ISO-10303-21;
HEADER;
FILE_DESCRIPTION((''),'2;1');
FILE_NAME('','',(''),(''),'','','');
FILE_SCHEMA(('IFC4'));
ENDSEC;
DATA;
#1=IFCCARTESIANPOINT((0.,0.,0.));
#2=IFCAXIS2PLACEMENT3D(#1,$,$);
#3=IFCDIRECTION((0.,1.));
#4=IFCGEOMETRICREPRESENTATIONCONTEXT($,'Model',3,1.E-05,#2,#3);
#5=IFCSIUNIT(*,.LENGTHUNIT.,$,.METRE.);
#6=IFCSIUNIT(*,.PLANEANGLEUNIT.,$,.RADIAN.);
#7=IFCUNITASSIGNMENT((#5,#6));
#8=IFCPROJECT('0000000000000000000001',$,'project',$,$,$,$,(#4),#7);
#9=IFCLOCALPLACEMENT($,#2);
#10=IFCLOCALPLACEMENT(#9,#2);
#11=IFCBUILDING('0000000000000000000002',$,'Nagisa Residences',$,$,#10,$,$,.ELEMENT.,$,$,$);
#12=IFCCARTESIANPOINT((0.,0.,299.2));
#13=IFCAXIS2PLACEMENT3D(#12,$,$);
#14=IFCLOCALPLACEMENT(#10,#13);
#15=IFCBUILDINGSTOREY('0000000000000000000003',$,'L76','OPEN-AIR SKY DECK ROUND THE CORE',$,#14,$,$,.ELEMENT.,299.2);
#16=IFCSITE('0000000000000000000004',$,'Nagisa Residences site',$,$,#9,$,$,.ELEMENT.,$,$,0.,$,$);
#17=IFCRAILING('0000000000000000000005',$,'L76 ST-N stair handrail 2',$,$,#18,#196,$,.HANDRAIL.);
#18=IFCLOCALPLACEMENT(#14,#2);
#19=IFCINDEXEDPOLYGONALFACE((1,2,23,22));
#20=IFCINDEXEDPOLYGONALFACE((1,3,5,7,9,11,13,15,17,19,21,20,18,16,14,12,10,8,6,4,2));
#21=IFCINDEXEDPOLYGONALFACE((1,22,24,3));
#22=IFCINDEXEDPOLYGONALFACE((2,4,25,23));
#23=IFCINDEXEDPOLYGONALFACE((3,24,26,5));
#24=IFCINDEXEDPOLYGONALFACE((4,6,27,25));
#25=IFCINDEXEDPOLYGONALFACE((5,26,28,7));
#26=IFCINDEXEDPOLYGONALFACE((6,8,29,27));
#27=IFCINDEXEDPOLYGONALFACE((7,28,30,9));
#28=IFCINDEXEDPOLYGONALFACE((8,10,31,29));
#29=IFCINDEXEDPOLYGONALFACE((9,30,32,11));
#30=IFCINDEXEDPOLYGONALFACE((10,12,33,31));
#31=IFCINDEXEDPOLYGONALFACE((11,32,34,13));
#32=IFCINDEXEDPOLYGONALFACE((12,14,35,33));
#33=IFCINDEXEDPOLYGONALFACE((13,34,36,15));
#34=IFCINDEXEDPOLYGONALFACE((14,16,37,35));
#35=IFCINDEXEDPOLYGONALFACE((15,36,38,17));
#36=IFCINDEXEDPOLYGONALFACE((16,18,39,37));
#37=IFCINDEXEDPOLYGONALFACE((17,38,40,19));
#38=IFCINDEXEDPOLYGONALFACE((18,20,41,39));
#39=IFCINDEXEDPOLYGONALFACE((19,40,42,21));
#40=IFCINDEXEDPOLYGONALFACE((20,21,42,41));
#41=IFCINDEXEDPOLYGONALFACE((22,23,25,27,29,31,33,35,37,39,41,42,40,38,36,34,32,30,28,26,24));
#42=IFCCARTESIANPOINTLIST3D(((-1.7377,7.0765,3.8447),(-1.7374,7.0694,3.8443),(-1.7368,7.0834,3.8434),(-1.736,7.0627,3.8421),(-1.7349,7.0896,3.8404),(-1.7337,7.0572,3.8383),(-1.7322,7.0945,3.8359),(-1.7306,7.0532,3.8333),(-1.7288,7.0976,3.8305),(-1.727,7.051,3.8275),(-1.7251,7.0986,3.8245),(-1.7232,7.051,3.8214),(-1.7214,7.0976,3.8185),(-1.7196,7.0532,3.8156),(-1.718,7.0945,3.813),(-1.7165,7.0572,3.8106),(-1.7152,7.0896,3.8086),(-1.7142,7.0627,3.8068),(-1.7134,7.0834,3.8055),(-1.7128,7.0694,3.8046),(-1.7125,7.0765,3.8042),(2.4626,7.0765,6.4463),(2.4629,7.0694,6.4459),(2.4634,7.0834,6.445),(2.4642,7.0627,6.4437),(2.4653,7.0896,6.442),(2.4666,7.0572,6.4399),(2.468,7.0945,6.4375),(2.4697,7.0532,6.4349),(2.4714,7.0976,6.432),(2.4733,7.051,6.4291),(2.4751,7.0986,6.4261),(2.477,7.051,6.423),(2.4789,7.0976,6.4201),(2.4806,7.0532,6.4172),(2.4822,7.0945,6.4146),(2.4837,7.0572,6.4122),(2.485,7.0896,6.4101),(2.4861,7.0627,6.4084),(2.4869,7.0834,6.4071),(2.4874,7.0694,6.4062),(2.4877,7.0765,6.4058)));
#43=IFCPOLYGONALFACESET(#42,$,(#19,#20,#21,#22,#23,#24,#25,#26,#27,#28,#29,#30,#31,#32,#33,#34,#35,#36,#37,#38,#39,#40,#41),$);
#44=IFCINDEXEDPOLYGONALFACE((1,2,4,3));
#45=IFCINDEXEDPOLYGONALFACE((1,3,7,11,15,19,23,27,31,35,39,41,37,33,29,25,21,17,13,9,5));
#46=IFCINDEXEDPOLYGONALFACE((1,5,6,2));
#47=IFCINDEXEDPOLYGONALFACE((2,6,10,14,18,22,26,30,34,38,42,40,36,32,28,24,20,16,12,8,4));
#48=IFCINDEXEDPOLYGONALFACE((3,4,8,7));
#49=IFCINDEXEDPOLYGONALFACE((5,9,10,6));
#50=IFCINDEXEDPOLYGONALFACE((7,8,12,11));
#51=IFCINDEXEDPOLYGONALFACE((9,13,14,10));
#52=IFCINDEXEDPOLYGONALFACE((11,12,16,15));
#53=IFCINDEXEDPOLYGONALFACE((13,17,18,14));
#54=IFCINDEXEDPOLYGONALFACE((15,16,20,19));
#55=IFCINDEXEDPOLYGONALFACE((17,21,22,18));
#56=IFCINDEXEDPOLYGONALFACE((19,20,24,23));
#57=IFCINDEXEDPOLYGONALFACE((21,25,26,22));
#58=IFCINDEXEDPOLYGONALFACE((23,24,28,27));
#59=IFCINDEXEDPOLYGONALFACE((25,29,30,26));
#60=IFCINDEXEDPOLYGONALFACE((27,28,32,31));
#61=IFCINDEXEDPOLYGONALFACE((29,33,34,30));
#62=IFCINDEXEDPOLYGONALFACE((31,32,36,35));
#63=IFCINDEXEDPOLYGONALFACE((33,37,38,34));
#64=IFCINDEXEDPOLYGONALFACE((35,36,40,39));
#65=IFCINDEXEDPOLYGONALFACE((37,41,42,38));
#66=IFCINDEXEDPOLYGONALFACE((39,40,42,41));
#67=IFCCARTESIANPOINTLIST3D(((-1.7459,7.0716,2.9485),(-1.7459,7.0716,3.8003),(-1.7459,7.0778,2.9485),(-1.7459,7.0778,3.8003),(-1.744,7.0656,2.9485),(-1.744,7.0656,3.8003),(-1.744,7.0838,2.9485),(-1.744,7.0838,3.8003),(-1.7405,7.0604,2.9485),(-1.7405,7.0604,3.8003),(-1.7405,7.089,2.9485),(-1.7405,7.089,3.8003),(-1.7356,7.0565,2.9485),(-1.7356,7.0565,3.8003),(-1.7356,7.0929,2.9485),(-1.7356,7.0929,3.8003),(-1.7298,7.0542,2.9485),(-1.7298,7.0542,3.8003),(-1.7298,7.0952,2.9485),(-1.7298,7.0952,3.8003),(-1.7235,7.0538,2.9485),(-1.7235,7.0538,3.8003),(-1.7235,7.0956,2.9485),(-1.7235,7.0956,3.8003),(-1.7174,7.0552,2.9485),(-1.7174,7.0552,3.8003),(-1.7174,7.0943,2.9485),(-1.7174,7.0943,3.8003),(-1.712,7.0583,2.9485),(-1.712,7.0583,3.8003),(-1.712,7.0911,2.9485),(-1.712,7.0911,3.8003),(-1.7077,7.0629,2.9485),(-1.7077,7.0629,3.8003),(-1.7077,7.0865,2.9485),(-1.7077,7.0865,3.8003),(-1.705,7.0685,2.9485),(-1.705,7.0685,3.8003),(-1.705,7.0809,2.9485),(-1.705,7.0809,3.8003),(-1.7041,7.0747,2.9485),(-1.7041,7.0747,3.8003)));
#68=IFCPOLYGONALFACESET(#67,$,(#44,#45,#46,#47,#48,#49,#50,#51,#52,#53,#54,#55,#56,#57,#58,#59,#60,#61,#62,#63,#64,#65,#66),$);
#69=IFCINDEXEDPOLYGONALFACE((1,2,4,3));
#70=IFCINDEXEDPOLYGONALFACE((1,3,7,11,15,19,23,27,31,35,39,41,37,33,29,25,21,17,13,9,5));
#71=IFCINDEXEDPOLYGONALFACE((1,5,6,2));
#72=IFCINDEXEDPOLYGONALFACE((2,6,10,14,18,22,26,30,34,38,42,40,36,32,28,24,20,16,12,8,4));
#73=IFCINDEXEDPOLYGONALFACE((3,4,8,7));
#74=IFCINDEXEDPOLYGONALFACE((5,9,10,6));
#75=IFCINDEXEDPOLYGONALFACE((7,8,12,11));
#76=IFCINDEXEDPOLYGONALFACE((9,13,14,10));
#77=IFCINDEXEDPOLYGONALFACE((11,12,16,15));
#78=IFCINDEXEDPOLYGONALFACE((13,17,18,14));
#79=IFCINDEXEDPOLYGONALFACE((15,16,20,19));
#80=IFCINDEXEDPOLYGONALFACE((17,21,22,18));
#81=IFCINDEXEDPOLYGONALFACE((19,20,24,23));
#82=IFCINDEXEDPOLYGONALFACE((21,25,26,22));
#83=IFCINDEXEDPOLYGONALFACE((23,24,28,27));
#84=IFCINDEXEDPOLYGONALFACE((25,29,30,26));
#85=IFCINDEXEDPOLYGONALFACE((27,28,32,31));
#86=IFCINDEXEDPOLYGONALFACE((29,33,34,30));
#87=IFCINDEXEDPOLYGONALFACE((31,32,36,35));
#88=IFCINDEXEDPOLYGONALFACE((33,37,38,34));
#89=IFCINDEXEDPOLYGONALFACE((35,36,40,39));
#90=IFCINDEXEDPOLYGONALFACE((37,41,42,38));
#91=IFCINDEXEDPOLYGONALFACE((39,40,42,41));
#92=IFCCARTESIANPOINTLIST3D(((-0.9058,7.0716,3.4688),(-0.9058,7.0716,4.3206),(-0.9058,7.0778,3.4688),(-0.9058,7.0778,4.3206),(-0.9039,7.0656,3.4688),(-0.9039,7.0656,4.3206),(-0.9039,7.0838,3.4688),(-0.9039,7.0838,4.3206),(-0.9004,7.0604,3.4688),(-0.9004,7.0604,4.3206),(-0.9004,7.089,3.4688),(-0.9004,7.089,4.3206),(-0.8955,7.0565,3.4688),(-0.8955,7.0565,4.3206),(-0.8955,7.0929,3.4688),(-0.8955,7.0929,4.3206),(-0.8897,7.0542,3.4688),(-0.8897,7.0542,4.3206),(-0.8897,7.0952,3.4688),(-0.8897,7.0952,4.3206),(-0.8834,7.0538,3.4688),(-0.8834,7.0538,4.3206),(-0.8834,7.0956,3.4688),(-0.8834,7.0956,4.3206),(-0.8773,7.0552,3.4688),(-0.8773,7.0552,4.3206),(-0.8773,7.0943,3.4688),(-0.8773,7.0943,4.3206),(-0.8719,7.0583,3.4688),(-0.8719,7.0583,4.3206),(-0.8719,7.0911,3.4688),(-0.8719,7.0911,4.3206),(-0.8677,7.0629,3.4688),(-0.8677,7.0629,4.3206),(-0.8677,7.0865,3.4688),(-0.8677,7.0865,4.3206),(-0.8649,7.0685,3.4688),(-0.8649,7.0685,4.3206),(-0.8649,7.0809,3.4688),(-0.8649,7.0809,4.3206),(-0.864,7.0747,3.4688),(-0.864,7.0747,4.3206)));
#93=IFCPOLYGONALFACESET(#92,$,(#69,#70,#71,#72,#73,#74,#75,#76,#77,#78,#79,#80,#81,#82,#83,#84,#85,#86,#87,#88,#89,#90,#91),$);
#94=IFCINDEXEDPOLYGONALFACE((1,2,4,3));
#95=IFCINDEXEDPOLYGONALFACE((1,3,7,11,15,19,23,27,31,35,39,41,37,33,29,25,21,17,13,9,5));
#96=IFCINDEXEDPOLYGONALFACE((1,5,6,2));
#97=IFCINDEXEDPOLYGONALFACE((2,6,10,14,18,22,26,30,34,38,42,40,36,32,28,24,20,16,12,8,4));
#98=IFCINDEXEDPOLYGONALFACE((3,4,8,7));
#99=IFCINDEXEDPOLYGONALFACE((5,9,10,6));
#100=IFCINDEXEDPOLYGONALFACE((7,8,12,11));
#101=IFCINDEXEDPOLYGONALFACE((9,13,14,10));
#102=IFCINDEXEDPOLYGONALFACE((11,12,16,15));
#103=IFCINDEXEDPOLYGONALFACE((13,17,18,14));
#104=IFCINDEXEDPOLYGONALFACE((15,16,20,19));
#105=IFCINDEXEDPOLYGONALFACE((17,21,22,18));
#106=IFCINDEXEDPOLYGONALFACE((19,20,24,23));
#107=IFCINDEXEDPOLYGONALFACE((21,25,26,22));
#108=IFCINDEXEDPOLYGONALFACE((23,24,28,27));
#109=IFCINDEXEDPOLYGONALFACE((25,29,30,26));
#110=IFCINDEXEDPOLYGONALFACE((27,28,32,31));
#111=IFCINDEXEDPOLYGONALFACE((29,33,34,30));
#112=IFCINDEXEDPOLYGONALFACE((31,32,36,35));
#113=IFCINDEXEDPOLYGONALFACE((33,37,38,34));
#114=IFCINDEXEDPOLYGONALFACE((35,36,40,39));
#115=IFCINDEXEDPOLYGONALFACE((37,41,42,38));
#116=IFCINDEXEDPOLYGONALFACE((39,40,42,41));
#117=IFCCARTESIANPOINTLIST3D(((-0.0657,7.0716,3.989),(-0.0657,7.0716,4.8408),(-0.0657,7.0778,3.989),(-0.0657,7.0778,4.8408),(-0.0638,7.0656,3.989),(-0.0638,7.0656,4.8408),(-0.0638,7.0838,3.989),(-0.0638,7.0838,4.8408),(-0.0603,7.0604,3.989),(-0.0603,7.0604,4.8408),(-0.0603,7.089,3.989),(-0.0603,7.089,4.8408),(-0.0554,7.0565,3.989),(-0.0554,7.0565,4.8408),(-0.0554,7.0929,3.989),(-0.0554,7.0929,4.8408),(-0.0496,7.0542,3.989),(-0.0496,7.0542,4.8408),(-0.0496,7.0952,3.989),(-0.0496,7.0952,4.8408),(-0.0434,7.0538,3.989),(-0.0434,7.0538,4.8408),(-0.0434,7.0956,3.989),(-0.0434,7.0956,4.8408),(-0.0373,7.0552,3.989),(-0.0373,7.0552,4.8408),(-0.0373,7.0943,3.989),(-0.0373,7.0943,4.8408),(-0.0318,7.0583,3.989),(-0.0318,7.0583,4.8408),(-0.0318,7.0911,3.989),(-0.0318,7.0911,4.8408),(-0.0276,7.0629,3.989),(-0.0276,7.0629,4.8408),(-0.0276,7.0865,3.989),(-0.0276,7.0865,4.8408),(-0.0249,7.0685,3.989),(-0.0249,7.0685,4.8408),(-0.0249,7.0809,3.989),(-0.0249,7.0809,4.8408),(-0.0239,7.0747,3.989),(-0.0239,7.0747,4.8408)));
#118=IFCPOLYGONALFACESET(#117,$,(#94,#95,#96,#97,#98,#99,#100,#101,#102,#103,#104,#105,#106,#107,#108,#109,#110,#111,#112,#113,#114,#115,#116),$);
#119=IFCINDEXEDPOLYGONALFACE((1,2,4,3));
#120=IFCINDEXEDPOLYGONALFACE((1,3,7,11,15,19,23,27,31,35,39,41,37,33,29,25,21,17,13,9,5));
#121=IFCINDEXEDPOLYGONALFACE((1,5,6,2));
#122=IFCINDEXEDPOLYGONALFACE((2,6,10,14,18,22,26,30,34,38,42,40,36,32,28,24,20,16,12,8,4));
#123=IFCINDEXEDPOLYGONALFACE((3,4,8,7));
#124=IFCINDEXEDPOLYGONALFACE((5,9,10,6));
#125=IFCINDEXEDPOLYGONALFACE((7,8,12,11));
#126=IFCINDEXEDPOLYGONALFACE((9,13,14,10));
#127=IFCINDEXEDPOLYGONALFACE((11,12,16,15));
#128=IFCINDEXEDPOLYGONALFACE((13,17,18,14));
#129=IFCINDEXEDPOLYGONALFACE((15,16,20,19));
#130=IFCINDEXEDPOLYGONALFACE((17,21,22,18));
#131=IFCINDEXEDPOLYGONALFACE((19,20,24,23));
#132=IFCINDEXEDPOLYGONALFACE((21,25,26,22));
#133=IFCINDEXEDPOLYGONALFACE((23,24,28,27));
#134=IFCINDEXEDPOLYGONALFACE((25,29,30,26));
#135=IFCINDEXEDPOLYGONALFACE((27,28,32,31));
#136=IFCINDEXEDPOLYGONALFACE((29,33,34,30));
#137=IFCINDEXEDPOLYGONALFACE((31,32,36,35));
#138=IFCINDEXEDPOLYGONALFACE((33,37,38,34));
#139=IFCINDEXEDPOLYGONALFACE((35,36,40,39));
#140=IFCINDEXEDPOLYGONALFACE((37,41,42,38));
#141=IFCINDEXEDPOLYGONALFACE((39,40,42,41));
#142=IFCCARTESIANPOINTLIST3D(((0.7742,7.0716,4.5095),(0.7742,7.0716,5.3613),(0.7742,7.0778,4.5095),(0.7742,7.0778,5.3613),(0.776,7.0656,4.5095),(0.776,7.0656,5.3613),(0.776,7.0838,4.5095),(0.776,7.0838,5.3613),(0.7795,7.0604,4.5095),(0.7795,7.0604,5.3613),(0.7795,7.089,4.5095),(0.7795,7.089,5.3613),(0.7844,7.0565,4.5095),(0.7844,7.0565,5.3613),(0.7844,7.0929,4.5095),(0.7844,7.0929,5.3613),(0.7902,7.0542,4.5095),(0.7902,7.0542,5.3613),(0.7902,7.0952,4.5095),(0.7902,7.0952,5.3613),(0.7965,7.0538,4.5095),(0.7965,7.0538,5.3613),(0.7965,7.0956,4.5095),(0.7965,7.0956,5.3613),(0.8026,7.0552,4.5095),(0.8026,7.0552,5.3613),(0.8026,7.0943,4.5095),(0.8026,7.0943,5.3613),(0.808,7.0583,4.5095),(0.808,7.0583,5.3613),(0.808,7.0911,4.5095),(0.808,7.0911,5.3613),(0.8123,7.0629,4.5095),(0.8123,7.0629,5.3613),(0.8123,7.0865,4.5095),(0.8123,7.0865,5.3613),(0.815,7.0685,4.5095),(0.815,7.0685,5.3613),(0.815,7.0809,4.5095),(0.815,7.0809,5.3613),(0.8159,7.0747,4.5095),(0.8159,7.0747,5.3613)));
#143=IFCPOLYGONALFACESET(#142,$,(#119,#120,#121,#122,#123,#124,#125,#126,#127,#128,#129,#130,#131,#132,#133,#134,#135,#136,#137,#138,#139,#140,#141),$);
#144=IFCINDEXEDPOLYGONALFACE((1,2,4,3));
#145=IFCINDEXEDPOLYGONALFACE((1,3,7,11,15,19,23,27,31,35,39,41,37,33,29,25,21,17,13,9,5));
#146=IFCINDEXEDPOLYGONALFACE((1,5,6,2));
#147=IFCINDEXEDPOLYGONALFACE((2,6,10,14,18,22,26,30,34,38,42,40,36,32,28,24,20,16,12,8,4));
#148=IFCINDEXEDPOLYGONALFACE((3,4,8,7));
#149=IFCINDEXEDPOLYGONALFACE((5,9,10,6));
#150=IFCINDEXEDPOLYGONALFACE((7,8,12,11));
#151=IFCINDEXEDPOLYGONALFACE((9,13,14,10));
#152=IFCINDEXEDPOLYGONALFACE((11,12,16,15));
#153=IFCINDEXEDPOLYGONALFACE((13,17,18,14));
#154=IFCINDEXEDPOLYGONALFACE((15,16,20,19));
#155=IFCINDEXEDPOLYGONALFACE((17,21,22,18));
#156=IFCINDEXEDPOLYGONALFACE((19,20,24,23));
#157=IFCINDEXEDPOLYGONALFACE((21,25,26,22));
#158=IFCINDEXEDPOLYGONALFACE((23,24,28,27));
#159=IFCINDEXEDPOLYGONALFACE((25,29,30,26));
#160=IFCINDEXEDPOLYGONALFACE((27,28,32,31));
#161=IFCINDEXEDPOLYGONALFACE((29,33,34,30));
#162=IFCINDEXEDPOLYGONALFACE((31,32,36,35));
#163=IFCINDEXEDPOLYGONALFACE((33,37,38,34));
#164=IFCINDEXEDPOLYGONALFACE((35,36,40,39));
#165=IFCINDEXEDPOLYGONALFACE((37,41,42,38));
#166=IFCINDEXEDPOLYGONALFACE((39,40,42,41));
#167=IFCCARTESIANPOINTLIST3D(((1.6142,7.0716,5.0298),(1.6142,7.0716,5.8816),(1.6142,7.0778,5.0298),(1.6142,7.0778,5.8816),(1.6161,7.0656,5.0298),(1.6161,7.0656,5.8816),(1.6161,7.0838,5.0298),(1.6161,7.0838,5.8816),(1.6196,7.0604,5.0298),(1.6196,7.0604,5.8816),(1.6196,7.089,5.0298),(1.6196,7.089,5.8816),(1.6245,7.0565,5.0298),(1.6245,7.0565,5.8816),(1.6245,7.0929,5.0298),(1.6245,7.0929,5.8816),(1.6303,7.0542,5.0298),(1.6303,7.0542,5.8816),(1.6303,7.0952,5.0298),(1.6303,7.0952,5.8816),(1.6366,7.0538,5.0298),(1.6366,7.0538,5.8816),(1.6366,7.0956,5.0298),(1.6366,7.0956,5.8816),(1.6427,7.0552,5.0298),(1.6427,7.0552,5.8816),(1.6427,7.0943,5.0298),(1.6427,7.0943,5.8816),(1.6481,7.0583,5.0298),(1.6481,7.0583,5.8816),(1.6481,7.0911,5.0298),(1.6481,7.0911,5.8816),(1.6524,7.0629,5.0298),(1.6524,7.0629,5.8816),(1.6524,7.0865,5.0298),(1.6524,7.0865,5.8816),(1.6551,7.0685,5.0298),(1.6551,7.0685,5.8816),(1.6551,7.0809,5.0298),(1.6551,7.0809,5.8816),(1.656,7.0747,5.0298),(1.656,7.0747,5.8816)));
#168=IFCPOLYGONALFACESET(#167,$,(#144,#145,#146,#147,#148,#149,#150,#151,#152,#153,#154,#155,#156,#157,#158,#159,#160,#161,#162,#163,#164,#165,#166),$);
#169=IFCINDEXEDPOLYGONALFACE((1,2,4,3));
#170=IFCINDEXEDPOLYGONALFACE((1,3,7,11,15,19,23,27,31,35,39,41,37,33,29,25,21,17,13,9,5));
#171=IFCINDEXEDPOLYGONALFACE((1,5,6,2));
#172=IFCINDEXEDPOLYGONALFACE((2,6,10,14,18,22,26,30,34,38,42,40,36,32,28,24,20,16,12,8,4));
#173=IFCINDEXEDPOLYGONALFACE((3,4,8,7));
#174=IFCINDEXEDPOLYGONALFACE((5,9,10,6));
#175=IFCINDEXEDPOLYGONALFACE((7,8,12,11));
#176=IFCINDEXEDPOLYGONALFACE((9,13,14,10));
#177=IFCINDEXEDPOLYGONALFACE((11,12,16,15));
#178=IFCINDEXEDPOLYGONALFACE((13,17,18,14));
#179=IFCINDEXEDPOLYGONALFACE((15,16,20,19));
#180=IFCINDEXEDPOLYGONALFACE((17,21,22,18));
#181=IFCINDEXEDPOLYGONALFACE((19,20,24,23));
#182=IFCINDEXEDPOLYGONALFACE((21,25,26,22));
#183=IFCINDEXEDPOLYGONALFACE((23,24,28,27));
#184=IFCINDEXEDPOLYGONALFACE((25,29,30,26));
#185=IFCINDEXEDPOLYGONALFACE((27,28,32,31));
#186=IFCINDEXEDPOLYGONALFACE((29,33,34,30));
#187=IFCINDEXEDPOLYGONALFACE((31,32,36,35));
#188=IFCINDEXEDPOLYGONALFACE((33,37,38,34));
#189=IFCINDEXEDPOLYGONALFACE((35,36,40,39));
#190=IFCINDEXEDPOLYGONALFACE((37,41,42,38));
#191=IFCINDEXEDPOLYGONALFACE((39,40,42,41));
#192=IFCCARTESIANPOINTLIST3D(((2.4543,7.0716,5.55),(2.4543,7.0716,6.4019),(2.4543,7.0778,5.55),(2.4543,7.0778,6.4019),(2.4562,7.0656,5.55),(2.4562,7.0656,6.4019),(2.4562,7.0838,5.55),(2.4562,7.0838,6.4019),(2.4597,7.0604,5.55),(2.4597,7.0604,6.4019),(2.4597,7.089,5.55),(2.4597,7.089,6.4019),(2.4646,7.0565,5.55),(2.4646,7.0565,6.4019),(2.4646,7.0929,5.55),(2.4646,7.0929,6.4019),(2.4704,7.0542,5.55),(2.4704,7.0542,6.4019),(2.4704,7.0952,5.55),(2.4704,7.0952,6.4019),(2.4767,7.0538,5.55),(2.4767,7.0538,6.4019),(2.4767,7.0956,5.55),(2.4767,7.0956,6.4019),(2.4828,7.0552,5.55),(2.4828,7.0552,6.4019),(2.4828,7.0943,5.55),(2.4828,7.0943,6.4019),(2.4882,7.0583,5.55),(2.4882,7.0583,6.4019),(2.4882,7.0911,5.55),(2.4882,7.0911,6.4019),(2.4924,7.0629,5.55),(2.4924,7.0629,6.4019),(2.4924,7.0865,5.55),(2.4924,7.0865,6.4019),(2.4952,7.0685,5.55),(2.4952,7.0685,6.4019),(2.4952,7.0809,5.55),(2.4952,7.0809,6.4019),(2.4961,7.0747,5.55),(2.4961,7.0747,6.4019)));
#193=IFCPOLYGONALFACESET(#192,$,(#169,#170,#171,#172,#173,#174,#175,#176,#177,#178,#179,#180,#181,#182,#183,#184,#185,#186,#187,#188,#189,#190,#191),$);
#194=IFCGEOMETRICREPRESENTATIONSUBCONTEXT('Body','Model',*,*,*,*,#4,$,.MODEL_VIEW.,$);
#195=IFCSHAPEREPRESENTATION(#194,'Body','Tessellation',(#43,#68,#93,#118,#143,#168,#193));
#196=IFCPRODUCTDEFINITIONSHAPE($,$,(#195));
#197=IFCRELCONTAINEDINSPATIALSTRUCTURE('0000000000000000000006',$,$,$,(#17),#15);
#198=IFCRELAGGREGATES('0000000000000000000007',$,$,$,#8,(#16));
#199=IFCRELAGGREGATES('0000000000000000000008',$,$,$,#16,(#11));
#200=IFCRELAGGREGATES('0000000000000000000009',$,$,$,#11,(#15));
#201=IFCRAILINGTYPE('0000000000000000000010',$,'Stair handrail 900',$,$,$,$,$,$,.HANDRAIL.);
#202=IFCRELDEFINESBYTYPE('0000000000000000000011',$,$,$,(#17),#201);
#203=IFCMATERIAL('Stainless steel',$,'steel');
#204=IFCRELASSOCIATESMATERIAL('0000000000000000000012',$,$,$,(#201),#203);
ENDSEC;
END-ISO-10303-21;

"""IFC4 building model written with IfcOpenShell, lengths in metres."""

from ifc_helpers import new_model, si_unit, direction, frame, origin, origin_2d, place, context, subcontext, project, spatial, circle, extrude, material, type_object, element, save


model = new_model("IFC4")

# Units and contexts
model_context = context("Model", 3, precision=1e-05, world=origin(), true_north=direction((0.0, 1.0)))
body_context = subcontext(model_context, "Body", "Model", "MODEL_VIEW")
ifc_project = project(units=[si_unit("LENGTHUNIT", "METRE"), si_unit("PLANEANGLEUNIT", "RADIAN")], contexts=[model_context])

# Site, building, storey
site_placement = place(None, origin())
site = spatial("IfcSite", under=ifc_project, at=site_placement, Name="Nagisa Residences site", CompositionType="ELEMENT", RefElevation=0.0)
building_placement = place(site_placement, origin())
building = spatial("IfcBuilding", under=site, at=building_placement, Name="Nagisa Residences", CompositionType="ELEMENT")
storey_placement = place(building_placement, frame((0.0, 0.0, 299.2)))
storey = spatial("IfcBuildingStorey", under=building, at=storey_placement, Name="L76", Description="OPEN-AIR SKY DECK ROUND THE CORE", CompositionType="ELEMENT", Elevation=299.2)

# Railing
ifc_material_1 = material(Name="Stainless steel", Category="steel")
railing_type_1 = type_object("IfcRailingType", Name="Stair handrail 900", PredefinedType="HANDRAIL", material=ifc_material_1)
for number, where, name in (
    (1, (-1.7251, 7.0747, 2.9485), "L76 ST-N stair handrail 2"),
):
    element("IfcRailing", number, at=place(storey_placement, frame(where)), inside=storey, type_object=railing_type_1, Name=name, PredefinedType="HANDRAIL", context=body_context, shape_type="SweptSolid", body=[
        extrude(circle(Radius=0.0239, at=origin_2d()), frame((0.0, 0.0, 0.876), z_axis=(0.850135, 0.0, 0.526566), x_axis=(0.0, 1.0, 0.0)), (0.0, 0.0, 1.0), 4.9407),
        extrude(circle(Radius=0.021, at=origin_2d()), origin(), (0.0, 0.0, 1.0), 0.8518),
        extrude(circle(Radius=0.021, at=origin_2d()), frame((0.8401, 0.0, 0.5203)), (0.0, 0.0, 1.0), 0.8518),
        extrude(circle(Radius=0.021, at=origin_2d()), frame((1.6802, 0.0, 1.0405)), (0.0, 0.0, 1.0), 0.8518),
        extrude(circle(Radius=0.021, at=origin_2d()), frame((2.52, 0.0, 1.561)), (0.0, 0.0, 1.0), 0.8518),
        extrude(circle(Radius=0.021, at=origin_2d()), frame((3.3601, 0.0, 2.0813)), (0.0, 0.0, 1.0), 0.8518),
        extrude(circle(Radius=0.021, at=origin_2d()), frame((4.2002, 0.0, 2.6016)), (0.0, 0.0, 1.0), 0.8518),
    ])

save(model, "model.ifc")
